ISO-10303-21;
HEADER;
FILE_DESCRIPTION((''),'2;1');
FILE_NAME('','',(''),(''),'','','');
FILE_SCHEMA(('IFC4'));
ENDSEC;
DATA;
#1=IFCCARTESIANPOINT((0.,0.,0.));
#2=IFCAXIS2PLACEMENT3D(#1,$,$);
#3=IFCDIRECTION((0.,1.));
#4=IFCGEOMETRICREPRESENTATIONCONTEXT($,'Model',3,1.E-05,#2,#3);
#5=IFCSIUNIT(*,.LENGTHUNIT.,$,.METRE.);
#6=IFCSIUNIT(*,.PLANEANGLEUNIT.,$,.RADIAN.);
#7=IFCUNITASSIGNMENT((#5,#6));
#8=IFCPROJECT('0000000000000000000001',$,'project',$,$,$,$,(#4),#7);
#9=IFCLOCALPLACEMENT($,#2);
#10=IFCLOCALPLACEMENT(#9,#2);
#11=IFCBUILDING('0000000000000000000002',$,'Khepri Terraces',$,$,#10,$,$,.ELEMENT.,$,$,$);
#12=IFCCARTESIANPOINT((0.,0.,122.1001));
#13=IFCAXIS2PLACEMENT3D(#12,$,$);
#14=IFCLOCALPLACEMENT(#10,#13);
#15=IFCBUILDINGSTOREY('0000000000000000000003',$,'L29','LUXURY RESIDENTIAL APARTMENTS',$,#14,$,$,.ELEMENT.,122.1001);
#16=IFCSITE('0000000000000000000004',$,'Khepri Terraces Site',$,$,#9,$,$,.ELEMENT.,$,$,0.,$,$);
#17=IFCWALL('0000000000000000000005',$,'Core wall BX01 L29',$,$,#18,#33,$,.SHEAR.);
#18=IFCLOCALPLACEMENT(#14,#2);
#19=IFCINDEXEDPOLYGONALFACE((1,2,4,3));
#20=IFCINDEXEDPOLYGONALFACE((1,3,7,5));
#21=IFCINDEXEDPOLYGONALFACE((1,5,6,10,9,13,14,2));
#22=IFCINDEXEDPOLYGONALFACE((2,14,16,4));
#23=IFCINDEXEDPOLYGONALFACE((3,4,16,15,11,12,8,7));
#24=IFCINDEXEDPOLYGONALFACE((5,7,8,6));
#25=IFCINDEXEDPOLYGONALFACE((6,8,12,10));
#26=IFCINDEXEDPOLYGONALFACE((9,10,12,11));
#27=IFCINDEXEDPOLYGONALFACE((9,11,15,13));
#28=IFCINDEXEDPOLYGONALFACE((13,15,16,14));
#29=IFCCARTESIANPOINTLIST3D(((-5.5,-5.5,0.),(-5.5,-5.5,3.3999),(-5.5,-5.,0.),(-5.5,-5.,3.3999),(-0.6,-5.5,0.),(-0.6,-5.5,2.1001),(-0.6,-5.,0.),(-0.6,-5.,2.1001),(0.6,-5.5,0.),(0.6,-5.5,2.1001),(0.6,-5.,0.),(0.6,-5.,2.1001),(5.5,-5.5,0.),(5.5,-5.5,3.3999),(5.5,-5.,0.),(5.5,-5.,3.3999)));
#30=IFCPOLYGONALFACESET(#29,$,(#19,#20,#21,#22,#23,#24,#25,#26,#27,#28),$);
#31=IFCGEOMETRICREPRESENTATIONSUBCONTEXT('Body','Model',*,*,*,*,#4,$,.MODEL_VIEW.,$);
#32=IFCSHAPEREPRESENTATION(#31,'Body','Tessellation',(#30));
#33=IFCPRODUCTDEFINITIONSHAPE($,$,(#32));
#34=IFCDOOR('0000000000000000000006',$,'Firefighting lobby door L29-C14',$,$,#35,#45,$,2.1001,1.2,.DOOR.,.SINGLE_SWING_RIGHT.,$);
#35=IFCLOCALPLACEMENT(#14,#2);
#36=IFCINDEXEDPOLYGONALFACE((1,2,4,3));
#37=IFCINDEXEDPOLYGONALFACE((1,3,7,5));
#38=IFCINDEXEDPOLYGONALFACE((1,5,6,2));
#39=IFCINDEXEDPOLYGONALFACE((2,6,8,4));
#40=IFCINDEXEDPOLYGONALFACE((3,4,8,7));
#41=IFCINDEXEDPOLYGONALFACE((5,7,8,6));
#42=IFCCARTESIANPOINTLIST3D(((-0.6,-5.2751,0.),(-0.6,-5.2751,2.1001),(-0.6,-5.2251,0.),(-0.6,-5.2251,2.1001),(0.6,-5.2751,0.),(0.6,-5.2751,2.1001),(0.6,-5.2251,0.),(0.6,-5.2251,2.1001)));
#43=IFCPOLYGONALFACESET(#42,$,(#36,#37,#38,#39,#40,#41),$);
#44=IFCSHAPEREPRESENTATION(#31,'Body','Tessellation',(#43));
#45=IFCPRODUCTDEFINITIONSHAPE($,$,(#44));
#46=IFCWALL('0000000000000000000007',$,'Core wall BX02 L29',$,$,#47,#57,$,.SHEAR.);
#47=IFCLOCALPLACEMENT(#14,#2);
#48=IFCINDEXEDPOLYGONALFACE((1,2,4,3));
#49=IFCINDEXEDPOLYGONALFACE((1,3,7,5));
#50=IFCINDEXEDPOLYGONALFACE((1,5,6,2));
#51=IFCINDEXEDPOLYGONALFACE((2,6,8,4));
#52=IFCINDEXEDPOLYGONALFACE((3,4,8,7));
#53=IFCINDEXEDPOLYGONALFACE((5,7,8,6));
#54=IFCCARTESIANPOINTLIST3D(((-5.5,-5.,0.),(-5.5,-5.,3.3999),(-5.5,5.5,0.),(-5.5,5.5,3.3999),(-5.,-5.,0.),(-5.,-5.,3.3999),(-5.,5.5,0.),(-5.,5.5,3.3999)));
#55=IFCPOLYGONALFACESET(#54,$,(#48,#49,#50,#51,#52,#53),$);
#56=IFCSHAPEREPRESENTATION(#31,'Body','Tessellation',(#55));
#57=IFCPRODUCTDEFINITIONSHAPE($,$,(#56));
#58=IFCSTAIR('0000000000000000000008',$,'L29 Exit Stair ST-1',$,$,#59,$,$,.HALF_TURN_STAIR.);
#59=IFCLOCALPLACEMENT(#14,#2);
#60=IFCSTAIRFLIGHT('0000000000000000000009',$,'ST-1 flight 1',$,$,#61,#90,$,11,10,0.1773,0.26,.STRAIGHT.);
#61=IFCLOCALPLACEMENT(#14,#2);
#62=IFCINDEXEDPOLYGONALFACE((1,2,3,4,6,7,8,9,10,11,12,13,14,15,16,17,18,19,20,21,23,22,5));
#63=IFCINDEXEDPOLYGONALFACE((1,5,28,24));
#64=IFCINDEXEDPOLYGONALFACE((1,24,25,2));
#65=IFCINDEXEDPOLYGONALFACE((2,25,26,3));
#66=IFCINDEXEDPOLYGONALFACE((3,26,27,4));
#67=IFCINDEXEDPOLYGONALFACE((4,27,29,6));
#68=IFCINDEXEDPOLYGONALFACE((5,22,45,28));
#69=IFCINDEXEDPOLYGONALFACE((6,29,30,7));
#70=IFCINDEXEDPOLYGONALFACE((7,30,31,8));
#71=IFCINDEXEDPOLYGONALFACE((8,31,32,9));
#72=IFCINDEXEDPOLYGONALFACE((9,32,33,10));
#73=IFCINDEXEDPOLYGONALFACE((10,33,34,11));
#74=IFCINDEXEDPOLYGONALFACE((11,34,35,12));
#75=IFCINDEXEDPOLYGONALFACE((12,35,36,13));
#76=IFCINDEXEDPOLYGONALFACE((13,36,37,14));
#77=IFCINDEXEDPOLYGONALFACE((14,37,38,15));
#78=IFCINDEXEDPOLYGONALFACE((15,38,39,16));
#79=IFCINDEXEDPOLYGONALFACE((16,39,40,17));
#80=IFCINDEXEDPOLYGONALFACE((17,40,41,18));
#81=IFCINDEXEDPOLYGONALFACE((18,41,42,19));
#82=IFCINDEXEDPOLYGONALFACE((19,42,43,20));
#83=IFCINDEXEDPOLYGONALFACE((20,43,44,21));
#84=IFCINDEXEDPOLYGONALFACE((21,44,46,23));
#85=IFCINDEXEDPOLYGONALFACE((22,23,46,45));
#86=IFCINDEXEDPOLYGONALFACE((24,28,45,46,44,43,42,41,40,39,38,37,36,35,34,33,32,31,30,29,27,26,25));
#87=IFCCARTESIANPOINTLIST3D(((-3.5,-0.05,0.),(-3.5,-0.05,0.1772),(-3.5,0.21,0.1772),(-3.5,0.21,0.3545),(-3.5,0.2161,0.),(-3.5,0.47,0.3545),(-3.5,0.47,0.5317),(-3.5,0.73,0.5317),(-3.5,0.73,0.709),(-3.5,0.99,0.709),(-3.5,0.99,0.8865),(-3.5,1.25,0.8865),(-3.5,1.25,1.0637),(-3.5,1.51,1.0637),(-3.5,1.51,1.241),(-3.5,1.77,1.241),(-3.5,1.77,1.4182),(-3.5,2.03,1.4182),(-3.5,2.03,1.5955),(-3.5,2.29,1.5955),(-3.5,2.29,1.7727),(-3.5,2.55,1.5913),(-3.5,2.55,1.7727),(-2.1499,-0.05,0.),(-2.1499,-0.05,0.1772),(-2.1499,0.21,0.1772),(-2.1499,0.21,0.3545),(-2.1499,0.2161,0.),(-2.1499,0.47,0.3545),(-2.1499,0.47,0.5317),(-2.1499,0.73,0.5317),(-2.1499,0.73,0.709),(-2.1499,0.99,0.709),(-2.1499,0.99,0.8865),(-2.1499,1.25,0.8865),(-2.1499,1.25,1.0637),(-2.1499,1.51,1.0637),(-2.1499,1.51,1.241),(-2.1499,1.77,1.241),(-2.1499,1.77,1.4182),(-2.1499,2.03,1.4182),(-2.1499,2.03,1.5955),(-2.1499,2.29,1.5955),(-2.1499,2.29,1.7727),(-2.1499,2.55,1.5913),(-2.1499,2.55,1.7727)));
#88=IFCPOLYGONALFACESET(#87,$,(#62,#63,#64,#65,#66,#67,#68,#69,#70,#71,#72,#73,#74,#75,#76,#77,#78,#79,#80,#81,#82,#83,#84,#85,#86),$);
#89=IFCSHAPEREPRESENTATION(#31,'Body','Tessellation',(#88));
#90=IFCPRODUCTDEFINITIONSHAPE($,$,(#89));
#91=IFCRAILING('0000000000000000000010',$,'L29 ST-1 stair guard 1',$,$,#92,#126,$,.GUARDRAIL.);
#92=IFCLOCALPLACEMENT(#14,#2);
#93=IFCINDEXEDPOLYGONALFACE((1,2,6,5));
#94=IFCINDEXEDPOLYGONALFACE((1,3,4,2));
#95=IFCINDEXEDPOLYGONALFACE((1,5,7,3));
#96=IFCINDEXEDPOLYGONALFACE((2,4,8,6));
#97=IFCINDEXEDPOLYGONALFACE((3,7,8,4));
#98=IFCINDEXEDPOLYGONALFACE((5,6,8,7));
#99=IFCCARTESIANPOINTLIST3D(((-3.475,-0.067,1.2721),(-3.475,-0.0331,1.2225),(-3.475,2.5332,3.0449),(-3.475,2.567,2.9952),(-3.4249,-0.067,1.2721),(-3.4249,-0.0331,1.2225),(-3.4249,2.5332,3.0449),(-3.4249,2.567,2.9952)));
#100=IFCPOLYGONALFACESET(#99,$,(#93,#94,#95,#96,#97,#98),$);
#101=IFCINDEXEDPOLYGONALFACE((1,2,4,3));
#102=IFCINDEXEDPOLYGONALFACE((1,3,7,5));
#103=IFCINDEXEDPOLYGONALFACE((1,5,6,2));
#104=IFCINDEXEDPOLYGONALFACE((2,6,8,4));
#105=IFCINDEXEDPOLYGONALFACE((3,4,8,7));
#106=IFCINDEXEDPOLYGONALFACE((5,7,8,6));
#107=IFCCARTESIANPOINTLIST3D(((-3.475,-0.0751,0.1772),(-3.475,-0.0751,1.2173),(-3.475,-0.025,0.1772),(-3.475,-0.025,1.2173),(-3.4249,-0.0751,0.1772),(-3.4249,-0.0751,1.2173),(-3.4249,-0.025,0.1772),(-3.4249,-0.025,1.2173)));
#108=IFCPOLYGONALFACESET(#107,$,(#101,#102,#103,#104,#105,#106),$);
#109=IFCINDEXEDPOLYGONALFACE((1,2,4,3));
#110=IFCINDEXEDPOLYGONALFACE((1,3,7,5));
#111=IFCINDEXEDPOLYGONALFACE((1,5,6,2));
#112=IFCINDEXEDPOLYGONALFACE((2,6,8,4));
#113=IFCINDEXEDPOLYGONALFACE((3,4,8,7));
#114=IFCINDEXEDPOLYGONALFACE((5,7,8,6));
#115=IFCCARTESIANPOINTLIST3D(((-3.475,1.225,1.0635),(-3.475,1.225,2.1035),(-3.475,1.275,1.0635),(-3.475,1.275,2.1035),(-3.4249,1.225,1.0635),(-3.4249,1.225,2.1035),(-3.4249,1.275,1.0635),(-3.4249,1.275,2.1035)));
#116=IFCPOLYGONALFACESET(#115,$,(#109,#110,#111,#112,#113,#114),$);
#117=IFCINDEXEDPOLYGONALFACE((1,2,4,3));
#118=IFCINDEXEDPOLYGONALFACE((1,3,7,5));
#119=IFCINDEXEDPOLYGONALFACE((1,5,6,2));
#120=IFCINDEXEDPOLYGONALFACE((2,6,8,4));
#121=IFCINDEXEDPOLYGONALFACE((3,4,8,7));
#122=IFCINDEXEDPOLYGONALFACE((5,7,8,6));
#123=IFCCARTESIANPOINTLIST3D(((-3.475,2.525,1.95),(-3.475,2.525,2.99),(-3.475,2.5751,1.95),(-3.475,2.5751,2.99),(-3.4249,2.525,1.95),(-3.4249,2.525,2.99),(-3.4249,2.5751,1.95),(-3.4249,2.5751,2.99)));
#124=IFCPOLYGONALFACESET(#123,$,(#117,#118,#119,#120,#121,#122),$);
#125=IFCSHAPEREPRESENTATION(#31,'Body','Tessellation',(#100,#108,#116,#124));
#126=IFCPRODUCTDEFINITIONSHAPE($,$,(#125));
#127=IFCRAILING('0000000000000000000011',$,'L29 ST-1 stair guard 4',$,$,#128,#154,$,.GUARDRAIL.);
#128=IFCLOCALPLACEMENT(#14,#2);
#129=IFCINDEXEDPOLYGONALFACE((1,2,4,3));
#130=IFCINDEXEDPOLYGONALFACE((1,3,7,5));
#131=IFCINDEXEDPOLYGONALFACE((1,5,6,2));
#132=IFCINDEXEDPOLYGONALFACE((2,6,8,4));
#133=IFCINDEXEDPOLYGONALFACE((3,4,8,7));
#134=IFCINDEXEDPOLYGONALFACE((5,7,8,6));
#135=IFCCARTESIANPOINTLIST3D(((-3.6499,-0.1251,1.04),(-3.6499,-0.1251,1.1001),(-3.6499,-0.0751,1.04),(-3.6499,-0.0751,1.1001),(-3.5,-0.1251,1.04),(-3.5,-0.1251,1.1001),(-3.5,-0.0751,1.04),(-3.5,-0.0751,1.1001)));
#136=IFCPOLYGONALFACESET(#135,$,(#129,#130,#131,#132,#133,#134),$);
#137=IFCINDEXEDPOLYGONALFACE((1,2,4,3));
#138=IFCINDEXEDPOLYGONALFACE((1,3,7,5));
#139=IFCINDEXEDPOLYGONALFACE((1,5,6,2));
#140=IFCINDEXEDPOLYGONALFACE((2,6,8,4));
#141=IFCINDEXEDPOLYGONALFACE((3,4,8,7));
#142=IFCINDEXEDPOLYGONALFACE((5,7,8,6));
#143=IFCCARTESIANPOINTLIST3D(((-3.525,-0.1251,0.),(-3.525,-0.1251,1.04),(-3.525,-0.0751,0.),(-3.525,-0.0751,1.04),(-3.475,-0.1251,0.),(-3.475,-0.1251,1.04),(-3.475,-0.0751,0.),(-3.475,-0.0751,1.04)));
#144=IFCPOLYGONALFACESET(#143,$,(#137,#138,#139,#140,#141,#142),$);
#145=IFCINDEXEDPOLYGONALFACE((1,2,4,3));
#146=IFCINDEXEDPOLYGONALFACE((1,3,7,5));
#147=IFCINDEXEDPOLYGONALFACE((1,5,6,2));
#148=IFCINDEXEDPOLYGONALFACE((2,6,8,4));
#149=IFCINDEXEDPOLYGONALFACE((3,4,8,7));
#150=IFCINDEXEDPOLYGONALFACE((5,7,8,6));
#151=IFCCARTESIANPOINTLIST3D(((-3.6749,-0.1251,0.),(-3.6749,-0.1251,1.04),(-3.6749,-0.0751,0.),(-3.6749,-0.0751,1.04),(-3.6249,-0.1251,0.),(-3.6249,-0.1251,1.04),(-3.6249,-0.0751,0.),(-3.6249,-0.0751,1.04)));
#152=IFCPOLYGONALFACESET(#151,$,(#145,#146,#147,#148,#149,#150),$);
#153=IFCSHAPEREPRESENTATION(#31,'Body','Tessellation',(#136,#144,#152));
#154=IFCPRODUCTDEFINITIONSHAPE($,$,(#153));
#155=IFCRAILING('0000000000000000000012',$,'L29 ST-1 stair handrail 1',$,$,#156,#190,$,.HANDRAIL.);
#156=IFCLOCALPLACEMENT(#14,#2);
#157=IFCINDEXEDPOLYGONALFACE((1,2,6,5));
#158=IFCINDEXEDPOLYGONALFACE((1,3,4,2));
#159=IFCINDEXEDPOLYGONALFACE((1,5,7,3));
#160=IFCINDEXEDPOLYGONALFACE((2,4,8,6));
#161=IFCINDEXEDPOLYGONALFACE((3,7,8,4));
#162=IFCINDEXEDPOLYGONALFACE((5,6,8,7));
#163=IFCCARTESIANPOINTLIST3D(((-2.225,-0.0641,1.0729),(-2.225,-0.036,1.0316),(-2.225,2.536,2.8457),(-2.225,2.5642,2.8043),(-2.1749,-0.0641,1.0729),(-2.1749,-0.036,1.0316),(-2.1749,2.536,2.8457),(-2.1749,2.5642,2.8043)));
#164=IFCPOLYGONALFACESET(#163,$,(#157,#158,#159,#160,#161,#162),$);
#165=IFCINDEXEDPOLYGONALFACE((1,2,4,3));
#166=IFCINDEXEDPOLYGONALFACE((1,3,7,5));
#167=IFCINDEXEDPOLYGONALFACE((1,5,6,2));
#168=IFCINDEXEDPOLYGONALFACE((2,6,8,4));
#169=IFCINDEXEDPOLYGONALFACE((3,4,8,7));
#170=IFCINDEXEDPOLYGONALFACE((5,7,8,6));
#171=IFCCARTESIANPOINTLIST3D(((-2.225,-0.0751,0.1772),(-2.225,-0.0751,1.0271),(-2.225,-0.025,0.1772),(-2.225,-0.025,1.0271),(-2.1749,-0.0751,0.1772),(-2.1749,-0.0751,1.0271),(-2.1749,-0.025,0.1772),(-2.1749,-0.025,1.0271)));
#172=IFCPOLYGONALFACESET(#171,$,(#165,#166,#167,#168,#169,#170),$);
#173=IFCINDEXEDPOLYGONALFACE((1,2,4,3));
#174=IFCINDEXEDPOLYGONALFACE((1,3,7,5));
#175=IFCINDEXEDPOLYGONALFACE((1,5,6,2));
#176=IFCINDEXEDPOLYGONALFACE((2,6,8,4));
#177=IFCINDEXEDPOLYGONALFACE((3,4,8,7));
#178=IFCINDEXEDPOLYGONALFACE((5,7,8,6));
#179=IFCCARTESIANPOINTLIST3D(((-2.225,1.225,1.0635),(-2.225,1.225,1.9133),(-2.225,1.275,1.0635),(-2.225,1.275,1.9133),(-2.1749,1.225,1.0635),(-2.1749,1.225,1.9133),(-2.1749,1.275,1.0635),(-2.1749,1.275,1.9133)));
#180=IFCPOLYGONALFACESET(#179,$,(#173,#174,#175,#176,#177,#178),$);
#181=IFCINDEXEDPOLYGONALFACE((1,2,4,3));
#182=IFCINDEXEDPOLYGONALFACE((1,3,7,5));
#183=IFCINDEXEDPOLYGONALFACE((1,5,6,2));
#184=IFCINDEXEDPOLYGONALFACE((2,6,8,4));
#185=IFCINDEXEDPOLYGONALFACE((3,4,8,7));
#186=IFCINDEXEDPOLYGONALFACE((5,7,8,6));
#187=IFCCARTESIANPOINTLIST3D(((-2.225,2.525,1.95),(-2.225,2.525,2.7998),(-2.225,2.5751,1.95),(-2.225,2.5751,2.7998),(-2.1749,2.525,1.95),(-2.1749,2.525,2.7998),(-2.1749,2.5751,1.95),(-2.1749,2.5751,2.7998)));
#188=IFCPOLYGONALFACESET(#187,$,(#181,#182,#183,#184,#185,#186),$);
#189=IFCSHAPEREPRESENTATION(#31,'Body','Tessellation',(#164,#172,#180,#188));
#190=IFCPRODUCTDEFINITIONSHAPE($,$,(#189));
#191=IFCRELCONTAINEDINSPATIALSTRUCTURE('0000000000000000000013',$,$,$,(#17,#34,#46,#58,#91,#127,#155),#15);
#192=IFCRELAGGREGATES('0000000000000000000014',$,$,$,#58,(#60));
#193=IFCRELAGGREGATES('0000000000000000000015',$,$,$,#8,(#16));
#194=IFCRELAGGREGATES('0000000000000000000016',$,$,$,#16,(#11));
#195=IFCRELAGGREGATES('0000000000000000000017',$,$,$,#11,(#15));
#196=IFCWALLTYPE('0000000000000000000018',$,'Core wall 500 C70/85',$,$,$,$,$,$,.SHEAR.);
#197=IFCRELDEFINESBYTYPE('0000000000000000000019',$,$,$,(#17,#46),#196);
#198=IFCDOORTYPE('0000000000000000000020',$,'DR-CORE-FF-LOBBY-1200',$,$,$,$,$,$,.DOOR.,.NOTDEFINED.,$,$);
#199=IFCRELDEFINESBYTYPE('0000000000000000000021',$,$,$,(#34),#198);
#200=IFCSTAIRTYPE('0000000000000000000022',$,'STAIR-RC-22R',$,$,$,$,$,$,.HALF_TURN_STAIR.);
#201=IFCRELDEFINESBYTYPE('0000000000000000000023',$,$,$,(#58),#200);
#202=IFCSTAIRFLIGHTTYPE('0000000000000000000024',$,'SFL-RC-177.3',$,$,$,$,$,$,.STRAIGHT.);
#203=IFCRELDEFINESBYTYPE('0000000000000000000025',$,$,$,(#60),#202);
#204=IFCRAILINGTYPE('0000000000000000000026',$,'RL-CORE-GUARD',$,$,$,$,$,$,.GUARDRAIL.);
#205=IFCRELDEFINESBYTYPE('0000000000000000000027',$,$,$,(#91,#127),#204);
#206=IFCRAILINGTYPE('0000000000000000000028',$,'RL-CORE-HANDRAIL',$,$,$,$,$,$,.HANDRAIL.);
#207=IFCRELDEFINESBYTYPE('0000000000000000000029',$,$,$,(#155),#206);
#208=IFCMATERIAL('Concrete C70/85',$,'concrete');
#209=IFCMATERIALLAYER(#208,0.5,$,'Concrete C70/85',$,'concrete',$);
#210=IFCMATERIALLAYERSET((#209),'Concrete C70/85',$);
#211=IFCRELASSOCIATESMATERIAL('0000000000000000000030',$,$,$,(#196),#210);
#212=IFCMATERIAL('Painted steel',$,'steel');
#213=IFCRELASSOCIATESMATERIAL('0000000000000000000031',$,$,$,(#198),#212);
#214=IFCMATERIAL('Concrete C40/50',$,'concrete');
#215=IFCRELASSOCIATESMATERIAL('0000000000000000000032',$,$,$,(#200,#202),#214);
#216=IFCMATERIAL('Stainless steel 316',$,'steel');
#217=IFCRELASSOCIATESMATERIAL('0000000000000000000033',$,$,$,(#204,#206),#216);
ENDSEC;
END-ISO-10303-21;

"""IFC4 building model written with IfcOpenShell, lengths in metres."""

from ifc_helpers import new_model, si_unit, direction, frame, frame_2d, origin, origin_2d, place, context, subcontext, project, spatial, polyline, rectangle, outline, extrude, material, layer, layer_set, type_object, element, fill, aggregate, save


model = new_model("IFC4")

# Units and contexts
model_context = context("Model", 3, precision=1e-05, world=origin(), true_north=direction((0.0, 1.0)))
body_context = subcontext(model_context, "Body", "Model", "MODEL_VIEW")
ifc_project = project(units=[si_unit("LENGTHUNIT", "METRE"), si_unit("PLANEANGLEUNIT", "RADIAN")], contexts=[model_context])

# Site, building, storey
site_placement = place(None, origin())
site = spatial("IfcSite", under=ifc_project, at=site_placement, Name="Khepri Terraces Site", CompositionType="ELEMENT", RefElevation=0.0)
building_placement = place(site_placement, origin())
building = spatial("IfcBuilding", under=site, at=building_placement, Name="Khepri Terraces", CompositionType="ELEMENT")
storey_placement = place(building_placement, frame((0.0, 0.0, 122.1001)))
storey = spatial("IfcBuildingStorey", under=building, at=storey_placement, Name="L29", Description="LUXURY RESIDENTIAL APARTMENTS", CompositionType="ELEMENT", Elevation=122.1001)

# Shared definitions
ifc_material_1 = material(Name="Concrete C40/50", Category="concrete")

# Shared definitions
ifc_material_2 = material(Name="Concrete C70/85", Category="concrete")

# Shared definitions
ifc_material_3 = material(Name="Painted steel", Category="steel")

# Wall, opening, door
ifc_layer_1 = layer(ifc_material_2, 0.5, Name="Concrete C70/85", Category="concrete")
ifc_layer_set_1 = layer_set([ifc_layer_1], Name="Concrete C70/85")
wall_type_1 = type_object("IfcWallType", Name="Core wall 500 C70/85", PredefinedType="SHEAR", material=ifc_layer_set_1)
wall_1_placement = place(storey_placement, frame((-5.5, -5.25, 0.0), z_axis=(0.0, 0.0, 1.0), x_axis=(1.0, 0.0, 0.0)))
wall_1 = element("IfcWall", 1, at=wall_1_placement, inside=storey, type_object=wall_type_1, Name="Core wall BX01 L29", PredefinedType="SHEAR", context=body_context, shape_type="SweptSolid", body=[
    extrude(rectangle(XDim=11.0, YDim=0.5, at=frame_2d((5.5, 0.0))), origin(), (0.0, 0.0, 1.0), 3.3999),
])
opening_1_placement = place(wall_1_placement, frame((4.8999, 0.0, 0.0)))
opening_1 = element("IfcOpeningElement", 2, at=opening_1_placement, cuts=wall_1, PredefinedType="OPENING", context=body_context, shape_type="SweptSolid", body=[
    extrude(rectangle(XDim=1.2, YDim=2.1001, at=frame_2d((0.6001, 1.05))), frame((0.0, 0.26, 0.0), z_axis=(0.0, -1.0, 0.0), x_axis=(1.0, 0.0, 0.0)), (0.0, 0.0, 1.0), 0.52),
])
door_type_1 = type_object("IfcDoorType", Name="DR-CORE-FF-LOBBY-1200", OperationType="NOTDEFINED", PredefinedType="DOOR", material=ifc_material_3)
door_1_placement = place(opening_1_placement, origin())
door_1 = element("IfcDoor", 3, at=door_1_placement, inside=storey, type_object=door_type_1, Name="Firefighting lobby door L29-C14", OperationType="SINGLE_SWING_RIGHT", OverallHeight=2.1001, OverallWidth=1.2, PredefinedType="DOOR", context=body_context, shape_type="SweptSolid", body=[
    extrude(rectangle(XDim=1.2, YDim=2.1001, at=frame_2d((0.6001, 1.05))), frame((0.0, 0.0249, 0.0), z_axis=(0.0, -1.0, 0.0), x_axis=(1.0, 0.0, 0.0)), (0.0, 0.0, 1.0), 0.05),
])
fill(opening_1, door_1)

# Wall
wall_2_placement = place(storey_placement, frame((-5.25, -5.0, 0.0), z_axis=(0.0, 0.0, 1.0), x_axis=(0.0, 1.0, 0.0)))
element("IfcWall", 4, at=wall_2_placement, inside=storey, type_object=wall_type_1, Name="Core wall BX02 L29", PredefinedType="SHEAR", context=body_context, shape_type="SweptSolid", body=[
    extrude(rectangle(XDim=10.5, YDim=0.5, at=frame_2d((5.25, 0.0))), origin(), (0.0, 0.0, 1.0), 3.3999),
])

# Stair, stair flight
stair_type = type_object("IfcStairType", Name="STAIR-RC-22R", PredefinedType="HALF_TURN_STAIR", material=ifc_material_1)
stair_placement = place(storey_placement, origin())
stair = element("IfcStair", 5, at=stair_placement, inside=storey, type_object=stair_type, Name="L29 Exit Stair ST-1", PredefinedType="HALF_TURN_STAIR")
stair_flight_type = type_object("IfcStairFlightType", Name="SFL-RC-177.3", PredefinedType="STRAIGHT", material=ifc_material_1)
stair_flight_placement = place(storey_placement, frame((-2.825, -0.05, 0.0), z_axis=(0.0, 0.0, 1.0), x_axis=(0.0, 1.0, 0.0)))
stair_flight = element("IfcStairFlight", 6, at=stair_flight_placement, type_object=stair_flight_type, Name="ST-1 flight 1", NumberOfRisers=11, NumberOfTreads=10, PredefinedType="STRAIGHT", RiserHeight=0.1773, TreadLength=0.26, context=body_context, shape_type="SweptSolid", body=[
    extrude(outline(polyline([(0.0, 0.0), (0.0, 0.1772), (0.26, 0.1772), (0.26, 0.3545), (0.52, 0.3545), (0.52, 0.5317), (0.78, 0.5317), (0.78, 0.709), (1.04, 0.709), (1.04, 0.8865), (1.3, 0.8865), (1.3, 1.0637), (1.5601, 1.0637), (1.5601, 1.241), (1.8201, 1.241), (1.8201, 1.4182), (2.0801, 1.4182), (2.0801, 1.5955), (2.3401, 1.5955), (2.3401, 1.7727), (2.6001, 1.7727), (2.6001, 1.95), (2.6001, 1.5913), (0.2661, 0.0), (0.0, 0.0)])), frame((0.0, 0.675, 0.0), z_axis=(0.0, -1.0, 0.0), x_axis=(1.0, 0.0, 0.0)), (0.0, 0.0, 1.0), 1.3501),
])
aggregate(stair, [stair_flight])

# Railings
ifc_material_4 = material(Name="Stainless steel 316", Category="steel")
railing_type_1 = type_object("IfcRailingType", Name="RL-CORE-GUARD", PredefinedType="GUARDRAIL", material=ifc_material_4)
railing_1_placement = place(storey_placement, frame((-3.45, -0.05, 0.1772)))
element("IfcRailing", 7, at=railing_1_placement, inside=storey, type_object=railing_type_1, Name="L29 ST-1 stair guard 1", PredefinedType="GUARDRAIL", context=body_context, shape_type="SweptSolid", body=[
    extrude(rectangle(XDim=0.05, YDim=0.0601, at=origin_2d()), frame((0.0, 0.0, 1.0701), z_axis=(0.0, 0.82624, 0.563318), x_axis=(-1.0, 0.0, 0.0)), (0.0, 0.0, 1.0), 3.147),
    extrude(rectangle(XDim=0.05, YDim=0.05, at=origin_2d()), origin(), (0.0, 0.0, 1.0), 1.04),
    extrude(rectangle(XDim=0.05, YDim=0.05, at=origin_2d()), frame((0.0, 1.3, 0.8862)), (0.0, 0.0, 1.0), 1.04),
    extrude(rectangle(XDim=0.05, YDim=0.05, at=origin_2d()), frame((0.0, 2.6001, 1.7727)), (0.0, 0.0, 1.0), 1.04),
])
railing_2_placement = place(storey_placement, frame((-3.5, -0.1001, 0.0)))
element("IfcRailing", 8, at=railing_2_placement, inside=storey, type_object=railing_type_1, Name="L29 ST-1 stair guard 4", PredefinedType="GUARDRAIL", context=body_context, shape_type="SweptSolid", body=[
    extrude(rectangle(XDim=0.05, YDim=0.0601, at=origin_2d()), frame((0.0, 0.0, 1.0701), z_axis=(-1.0, 0.0, 0.0), x_axis=(0.0, -1.0, 0.0)), (0.0, 0.0, 1.0), 0.1499),
    extrude(rectangle(XDim=0.05, YDim=0.05, at=origin_2d()), origin(), (0.0, 0.0, 1.0), 1.04),
    extrude(rectangle(XDim=0.05, YDim=0.05, at=origin_2d()), frame((-0.1499, 0.0, 0.0)), (0.0, 0.0, 1.0), 1.04),
])
railing_type_2 = type_object("IfcRailingType", Name="RL-CORE-HANDRAIL", PredefinedType="HANDRAIL", material=ifc_material_4)
railing_3_placement = place(storey_placement, frame((-2.2, -0.05, 0.1772)))
element("IfcRailing", 9, at=railing_3_placement, inside=storey, type_object=railing_type_2, Name="L29 ST-1 stair handrail 1", PredefinedType="HANDRAIL", context=body_context, shape_type="SweptSolid", body=[
    extrude(rectangle(XDim=0.05, YDim=0.05, at=origin_2d()), frame((0.0, 0.0, 0.875), z_axis=(0.0, 0.82624, 0.563318), x_axis=(-1.0, 0.0, 0.0)), (0.0, 0.0, 1.0), 3.147),
    extrude(rectangle(XDim=0.05, YDim=0.05, at=origin_2d()), origin(), (0.0, 0.0, 1.0), 0.8499),
    extrude(rectangle(XDim=0.05, YDim=0.05, at=origin_2d()), frame((0.0, 1.3, 0.8862)), (0.0, 0.0, 1.0), 0.8499),
    extrude(rectangle(XDim=0.05, YDim=0.05, at=origin_2d()), frame((0.0, 2.6001, 1.7727)), (0.0, 0.0, 1.0), 0.8499),
])

save(model, "model.ifc")
